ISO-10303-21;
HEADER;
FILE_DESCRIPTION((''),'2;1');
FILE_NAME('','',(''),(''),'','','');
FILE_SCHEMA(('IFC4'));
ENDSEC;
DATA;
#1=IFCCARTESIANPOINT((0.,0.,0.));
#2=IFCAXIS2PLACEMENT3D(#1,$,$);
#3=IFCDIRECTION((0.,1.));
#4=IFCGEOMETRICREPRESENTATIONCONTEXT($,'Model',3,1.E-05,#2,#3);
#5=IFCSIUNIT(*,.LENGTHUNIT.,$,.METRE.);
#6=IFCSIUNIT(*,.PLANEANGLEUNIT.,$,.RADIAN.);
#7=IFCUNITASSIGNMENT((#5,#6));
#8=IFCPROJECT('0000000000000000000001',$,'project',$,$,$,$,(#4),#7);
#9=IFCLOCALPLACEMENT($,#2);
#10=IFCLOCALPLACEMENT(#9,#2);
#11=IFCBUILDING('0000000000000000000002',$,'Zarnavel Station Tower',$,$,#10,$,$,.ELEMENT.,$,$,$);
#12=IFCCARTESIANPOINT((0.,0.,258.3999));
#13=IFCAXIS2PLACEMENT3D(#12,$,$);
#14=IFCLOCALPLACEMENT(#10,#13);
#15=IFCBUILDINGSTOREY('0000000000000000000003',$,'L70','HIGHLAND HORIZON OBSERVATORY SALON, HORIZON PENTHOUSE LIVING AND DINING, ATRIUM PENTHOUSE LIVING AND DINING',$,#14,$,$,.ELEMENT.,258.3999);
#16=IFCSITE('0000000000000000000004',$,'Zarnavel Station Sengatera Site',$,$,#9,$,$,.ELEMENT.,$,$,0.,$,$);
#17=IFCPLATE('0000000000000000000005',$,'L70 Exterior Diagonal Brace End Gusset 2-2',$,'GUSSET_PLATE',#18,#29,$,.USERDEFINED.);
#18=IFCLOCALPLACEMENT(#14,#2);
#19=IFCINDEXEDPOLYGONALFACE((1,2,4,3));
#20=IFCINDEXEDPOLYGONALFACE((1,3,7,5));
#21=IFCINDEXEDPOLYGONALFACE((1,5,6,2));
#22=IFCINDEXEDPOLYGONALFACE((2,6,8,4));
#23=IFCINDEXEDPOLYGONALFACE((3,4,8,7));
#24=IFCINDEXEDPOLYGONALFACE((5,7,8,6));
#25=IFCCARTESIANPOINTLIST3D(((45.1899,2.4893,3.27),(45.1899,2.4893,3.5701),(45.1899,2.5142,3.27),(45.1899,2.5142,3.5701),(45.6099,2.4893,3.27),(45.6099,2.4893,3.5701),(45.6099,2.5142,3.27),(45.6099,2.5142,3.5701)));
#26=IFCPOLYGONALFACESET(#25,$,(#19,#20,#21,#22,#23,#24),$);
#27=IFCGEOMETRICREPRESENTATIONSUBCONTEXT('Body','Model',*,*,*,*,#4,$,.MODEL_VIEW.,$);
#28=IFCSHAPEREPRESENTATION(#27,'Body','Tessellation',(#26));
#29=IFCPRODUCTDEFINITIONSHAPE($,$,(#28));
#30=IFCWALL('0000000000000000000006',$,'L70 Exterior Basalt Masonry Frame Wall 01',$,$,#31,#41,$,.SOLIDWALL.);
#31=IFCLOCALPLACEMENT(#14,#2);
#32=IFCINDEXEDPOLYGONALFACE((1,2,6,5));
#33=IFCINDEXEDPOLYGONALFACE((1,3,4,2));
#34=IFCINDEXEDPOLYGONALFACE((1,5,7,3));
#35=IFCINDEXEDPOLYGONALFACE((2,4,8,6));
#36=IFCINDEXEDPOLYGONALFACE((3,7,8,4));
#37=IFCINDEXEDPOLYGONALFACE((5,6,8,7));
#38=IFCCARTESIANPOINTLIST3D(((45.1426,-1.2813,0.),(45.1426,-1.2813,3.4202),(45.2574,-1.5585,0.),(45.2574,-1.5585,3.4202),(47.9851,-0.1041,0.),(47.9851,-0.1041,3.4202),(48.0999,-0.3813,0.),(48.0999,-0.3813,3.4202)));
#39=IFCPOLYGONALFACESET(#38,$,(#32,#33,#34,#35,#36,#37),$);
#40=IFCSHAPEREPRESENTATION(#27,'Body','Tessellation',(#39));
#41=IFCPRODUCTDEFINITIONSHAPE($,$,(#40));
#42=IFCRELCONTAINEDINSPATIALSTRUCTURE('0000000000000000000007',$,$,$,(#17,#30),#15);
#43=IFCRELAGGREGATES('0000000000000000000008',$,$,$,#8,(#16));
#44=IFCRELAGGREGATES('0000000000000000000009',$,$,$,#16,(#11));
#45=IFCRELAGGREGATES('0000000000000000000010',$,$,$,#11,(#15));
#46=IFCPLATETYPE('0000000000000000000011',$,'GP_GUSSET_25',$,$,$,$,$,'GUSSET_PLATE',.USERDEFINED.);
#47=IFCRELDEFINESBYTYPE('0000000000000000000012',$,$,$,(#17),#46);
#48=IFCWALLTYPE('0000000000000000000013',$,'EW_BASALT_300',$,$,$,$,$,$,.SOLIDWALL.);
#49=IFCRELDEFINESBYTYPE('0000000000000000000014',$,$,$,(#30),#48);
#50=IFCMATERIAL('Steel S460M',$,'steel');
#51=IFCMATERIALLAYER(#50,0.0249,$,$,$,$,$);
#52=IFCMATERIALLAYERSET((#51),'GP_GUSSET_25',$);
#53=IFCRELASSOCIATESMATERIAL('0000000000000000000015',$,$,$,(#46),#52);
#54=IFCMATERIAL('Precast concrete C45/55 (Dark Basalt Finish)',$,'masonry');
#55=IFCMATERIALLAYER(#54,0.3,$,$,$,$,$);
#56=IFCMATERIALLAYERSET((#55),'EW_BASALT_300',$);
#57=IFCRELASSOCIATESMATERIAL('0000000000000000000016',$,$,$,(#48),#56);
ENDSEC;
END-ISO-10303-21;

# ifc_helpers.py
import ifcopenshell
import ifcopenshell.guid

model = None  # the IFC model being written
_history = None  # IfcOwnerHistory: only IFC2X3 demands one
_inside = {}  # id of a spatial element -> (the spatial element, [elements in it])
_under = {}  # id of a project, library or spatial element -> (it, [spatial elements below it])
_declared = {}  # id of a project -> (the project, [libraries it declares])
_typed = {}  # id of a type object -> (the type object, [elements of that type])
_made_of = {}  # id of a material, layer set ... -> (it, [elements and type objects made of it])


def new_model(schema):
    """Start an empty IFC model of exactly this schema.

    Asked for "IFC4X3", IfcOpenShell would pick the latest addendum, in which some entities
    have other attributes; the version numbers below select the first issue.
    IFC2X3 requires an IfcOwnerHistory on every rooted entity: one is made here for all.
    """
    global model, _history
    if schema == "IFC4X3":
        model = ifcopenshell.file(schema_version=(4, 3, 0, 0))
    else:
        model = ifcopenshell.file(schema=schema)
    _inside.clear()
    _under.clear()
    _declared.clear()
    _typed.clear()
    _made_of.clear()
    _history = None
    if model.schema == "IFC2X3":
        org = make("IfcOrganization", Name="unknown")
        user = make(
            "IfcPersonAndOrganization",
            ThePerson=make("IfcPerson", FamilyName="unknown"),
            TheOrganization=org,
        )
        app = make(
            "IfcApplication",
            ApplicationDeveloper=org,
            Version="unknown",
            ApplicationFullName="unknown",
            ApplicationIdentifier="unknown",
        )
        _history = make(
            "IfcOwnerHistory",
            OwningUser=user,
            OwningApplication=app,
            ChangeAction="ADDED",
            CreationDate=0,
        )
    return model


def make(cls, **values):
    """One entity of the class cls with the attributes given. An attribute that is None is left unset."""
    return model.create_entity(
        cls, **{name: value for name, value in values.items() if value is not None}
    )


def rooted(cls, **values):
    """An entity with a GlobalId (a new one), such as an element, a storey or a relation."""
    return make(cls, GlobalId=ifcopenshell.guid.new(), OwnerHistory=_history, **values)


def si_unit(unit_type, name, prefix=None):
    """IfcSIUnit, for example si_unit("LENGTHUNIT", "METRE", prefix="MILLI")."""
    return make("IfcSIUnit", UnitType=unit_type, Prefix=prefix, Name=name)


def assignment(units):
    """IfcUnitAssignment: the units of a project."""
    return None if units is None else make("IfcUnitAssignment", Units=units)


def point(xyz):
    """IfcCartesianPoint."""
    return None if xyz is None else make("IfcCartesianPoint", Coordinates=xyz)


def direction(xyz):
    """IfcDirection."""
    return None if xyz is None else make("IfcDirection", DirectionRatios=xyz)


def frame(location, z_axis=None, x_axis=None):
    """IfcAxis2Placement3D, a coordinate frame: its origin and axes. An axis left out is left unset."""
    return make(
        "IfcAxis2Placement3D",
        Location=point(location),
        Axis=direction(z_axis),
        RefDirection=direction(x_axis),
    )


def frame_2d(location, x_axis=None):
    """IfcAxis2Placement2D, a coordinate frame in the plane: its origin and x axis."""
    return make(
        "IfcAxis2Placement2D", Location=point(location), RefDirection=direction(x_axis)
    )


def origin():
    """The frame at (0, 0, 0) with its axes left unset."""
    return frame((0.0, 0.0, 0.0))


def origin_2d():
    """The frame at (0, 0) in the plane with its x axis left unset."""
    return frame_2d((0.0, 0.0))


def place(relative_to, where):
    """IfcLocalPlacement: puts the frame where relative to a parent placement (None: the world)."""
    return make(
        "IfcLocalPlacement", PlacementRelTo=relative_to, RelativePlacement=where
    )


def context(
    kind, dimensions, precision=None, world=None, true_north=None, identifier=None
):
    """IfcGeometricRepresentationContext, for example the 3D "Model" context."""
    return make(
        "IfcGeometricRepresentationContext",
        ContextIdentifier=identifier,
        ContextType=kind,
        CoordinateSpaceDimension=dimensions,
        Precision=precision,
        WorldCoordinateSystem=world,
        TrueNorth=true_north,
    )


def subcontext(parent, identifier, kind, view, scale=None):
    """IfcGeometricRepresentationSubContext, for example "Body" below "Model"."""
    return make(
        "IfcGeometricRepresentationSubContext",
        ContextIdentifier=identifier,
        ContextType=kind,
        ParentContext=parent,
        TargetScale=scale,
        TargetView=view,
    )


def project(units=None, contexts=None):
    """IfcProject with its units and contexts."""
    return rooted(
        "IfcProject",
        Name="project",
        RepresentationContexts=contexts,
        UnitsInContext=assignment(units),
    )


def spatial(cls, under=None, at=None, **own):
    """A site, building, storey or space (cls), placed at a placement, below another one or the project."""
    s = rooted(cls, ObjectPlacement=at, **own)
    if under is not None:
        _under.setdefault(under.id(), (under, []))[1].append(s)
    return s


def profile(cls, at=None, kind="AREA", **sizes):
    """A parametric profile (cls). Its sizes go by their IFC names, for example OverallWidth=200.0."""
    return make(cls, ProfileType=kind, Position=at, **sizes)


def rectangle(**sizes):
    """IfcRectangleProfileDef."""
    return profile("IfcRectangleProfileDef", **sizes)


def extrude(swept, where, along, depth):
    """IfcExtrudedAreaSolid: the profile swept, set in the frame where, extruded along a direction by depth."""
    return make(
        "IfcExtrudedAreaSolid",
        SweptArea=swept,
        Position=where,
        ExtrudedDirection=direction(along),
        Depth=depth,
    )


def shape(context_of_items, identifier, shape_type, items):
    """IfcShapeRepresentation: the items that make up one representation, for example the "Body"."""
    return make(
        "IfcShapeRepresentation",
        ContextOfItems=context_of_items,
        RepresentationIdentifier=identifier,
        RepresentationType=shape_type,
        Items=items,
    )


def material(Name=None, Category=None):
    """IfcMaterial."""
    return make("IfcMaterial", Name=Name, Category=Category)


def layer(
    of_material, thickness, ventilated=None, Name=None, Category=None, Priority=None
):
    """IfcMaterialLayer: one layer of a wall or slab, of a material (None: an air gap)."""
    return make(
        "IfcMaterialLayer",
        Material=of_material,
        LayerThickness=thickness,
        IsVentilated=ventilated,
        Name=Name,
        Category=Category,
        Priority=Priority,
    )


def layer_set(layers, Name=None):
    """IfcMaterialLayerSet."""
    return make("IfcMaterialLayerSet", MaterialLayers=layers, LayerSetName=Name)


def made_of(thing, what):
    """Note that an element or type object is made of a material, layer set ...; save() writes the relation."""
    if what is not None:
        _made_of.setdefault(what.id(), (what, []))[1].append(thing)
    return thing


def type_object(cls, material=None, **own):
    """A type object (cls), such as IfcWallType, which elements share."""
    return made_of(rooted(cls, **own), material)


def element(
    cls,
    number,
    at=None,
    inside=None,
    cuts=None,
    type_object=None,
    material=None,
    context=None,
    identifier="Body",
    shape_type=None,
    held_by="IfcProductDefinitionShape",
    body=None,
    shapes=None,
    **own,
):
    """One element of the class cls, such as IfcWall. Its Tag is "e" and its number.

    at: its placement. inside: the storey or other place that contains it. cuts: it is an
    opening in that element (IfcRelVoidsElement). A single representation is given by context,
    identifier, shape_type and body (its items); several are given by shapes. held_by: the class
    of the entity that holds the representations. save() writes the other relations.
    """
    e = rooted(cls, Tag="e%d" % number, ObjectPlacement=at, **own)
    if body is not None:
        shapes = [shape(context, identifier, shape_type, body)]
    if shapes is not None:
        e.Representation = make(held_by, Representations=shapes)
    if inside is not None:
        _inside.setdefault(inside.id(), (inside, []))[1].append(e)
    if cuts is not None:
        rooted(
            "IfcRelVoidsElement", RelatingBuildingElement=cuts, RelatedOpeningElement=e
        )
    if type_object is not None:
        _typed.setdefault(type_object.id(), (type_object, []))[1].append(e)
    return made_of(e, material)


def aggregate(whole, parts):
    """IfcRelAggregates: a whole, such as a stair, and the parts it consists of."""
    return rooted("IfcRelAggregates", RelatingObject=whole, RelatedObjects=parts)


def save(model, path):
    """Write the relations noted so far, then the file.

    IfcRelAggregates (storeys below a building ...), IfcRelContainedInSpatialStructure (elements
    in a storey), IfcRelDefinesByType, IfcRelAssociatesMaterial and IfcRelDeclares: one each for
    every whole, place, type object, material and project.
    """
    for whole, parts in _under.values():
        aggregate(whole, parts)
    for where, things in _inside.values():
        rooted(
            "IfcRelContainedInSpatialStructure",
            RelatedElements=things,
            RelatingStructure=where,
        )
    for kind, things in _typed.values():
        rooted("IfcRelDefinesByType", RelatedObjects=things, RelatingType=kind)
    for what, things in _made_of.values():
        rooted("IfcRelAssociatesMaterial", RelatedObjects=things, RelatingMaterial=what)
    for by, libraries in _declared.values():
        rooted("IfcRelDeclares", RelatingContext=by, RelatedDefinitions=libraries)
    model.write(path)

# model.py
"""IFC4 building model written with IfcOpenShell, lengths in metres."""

from ifc_helpers import new_model, si_unit, direction, frame, frame_2d, origin, origin_2d, place, context, subcontext, project, spatial, rectangle, extrude, material, layer, layer_set, type_object, element, save


model = new_model("IFC4")

# Units and contexts
model_context = context("Model", 3, precision=1e-05, world=origin(), true_north=direction((0.0, 1.0)))
body_context = subcontext(model_context, "Body", "Model", "MODEL_VIEW")
ifc_project = project(units=[si_unit("LENGTHUNIT", "METRE"), si_unit("PLANEANGLEUNIT", "RADIAN")], contexts=[model_context])

# Site, building, storey
site_placement = place(None, origin())
site = spatial("IfcSite", under=ifc_project, at=site_placement, Name="Zarnavel Station Sengatera Site", CompositionType="ELEMENT", RefElevation=0.0)
building_placement = place(site_placement, origin())
building = spatial("IfcBuilding", under=site, at=building_placement, Name="Zarnavel Station Tower", CompositionType="ELEMENT")
storey_placement = place(building_placement, frame((0.0, 0.0, 258.3999)))
storey = spatial("IfcBuildingStorey", under=building, at=storey_placement, Name="L70", Description="HIGHLAND HORIZON OBSERVATORY SALON, HORIZON PENTHOUSE LIVING AND DINING, ATRIUM PENTHOUSE LIVING AND DINING", CompositionType="ELEMENT", Elevation=258.3999)

# Plate
ifc_material_1 = material(Name="Steel S460M", Category="steel")
ifc_layer_1 = layer(ifc_material_1, 0.0249)
ifc_layer_set_1 = layer_set([ifc_layer_1], Name="GP_GUSSET_25")
plate_type_1 = type_object("IfcPlateType", Name="GP_GUSSET_25", ElementType="GUSSET_PLATE", PredefinedType="USERDEFINED", material=ifc_layer_set_1)
plate_1_placement = place(storey_placement, frame((45.3999, 2.5017, 3.27), z_axis=(0.0, 0.0, 1.0), x_axis=(1.0, 0.0, 0.0)))
element("IfcPlate", 1, at=plate_1_placement, inside=storey, type_object=plate_type_1, Name="L70 Exterior Diagonal Brace End Gusset 2-2", ObjectType="GUSSET_PLATE", PredefinedType="USERDEFINED", context=body_context, shape_type="SweptSolid", body=[
    extrude(rectangle(XDim=0.4199, YDim=0.0249, at=origin_2d()), origin(), (0.0, 0.0, 1.0), 0.3),
])

# Wall
ifc_material_2 = material(Name="Precast concrete C45/55 (Dark Basalt Finish)", Category="masonry")
ifc_layer_2 = layer(ifc_material_2, 0.3)
ifc_layer_set_2 = layer_set([ifc_layer_2], Name="EW_BASALT_300")
wall_type_1 = type_object("IfcWallType", Name="EW_BASALT_300", PredefinedType="SOLIDWALL", material=ifc_layer_set_2)
wall_1_placement = place(storey_placement, frame((48.0425, -0.2427, 0.0), z_axis=(0.0, 0.0, 1.0), x_axis=(-0.923899, -0.382637, 0.0)))
element("IfcWall", 2, at=wall_1_placement, inside=storey, type_object=wall_type_1, Name="L70 Exterior Basalt Masonry Frame Wall 01", PredefinedType="SOLIDWALL", context=body_context, shape_type="SweptSolid", body=[
    extrude(rectangle(XDim=3.0767, YDim=0.3, at=frame_2d((1.5383, 0.0))), origin(), (0.0, 0.0, 1.0), 3.4202),
])

save(model, "model.ifc")
